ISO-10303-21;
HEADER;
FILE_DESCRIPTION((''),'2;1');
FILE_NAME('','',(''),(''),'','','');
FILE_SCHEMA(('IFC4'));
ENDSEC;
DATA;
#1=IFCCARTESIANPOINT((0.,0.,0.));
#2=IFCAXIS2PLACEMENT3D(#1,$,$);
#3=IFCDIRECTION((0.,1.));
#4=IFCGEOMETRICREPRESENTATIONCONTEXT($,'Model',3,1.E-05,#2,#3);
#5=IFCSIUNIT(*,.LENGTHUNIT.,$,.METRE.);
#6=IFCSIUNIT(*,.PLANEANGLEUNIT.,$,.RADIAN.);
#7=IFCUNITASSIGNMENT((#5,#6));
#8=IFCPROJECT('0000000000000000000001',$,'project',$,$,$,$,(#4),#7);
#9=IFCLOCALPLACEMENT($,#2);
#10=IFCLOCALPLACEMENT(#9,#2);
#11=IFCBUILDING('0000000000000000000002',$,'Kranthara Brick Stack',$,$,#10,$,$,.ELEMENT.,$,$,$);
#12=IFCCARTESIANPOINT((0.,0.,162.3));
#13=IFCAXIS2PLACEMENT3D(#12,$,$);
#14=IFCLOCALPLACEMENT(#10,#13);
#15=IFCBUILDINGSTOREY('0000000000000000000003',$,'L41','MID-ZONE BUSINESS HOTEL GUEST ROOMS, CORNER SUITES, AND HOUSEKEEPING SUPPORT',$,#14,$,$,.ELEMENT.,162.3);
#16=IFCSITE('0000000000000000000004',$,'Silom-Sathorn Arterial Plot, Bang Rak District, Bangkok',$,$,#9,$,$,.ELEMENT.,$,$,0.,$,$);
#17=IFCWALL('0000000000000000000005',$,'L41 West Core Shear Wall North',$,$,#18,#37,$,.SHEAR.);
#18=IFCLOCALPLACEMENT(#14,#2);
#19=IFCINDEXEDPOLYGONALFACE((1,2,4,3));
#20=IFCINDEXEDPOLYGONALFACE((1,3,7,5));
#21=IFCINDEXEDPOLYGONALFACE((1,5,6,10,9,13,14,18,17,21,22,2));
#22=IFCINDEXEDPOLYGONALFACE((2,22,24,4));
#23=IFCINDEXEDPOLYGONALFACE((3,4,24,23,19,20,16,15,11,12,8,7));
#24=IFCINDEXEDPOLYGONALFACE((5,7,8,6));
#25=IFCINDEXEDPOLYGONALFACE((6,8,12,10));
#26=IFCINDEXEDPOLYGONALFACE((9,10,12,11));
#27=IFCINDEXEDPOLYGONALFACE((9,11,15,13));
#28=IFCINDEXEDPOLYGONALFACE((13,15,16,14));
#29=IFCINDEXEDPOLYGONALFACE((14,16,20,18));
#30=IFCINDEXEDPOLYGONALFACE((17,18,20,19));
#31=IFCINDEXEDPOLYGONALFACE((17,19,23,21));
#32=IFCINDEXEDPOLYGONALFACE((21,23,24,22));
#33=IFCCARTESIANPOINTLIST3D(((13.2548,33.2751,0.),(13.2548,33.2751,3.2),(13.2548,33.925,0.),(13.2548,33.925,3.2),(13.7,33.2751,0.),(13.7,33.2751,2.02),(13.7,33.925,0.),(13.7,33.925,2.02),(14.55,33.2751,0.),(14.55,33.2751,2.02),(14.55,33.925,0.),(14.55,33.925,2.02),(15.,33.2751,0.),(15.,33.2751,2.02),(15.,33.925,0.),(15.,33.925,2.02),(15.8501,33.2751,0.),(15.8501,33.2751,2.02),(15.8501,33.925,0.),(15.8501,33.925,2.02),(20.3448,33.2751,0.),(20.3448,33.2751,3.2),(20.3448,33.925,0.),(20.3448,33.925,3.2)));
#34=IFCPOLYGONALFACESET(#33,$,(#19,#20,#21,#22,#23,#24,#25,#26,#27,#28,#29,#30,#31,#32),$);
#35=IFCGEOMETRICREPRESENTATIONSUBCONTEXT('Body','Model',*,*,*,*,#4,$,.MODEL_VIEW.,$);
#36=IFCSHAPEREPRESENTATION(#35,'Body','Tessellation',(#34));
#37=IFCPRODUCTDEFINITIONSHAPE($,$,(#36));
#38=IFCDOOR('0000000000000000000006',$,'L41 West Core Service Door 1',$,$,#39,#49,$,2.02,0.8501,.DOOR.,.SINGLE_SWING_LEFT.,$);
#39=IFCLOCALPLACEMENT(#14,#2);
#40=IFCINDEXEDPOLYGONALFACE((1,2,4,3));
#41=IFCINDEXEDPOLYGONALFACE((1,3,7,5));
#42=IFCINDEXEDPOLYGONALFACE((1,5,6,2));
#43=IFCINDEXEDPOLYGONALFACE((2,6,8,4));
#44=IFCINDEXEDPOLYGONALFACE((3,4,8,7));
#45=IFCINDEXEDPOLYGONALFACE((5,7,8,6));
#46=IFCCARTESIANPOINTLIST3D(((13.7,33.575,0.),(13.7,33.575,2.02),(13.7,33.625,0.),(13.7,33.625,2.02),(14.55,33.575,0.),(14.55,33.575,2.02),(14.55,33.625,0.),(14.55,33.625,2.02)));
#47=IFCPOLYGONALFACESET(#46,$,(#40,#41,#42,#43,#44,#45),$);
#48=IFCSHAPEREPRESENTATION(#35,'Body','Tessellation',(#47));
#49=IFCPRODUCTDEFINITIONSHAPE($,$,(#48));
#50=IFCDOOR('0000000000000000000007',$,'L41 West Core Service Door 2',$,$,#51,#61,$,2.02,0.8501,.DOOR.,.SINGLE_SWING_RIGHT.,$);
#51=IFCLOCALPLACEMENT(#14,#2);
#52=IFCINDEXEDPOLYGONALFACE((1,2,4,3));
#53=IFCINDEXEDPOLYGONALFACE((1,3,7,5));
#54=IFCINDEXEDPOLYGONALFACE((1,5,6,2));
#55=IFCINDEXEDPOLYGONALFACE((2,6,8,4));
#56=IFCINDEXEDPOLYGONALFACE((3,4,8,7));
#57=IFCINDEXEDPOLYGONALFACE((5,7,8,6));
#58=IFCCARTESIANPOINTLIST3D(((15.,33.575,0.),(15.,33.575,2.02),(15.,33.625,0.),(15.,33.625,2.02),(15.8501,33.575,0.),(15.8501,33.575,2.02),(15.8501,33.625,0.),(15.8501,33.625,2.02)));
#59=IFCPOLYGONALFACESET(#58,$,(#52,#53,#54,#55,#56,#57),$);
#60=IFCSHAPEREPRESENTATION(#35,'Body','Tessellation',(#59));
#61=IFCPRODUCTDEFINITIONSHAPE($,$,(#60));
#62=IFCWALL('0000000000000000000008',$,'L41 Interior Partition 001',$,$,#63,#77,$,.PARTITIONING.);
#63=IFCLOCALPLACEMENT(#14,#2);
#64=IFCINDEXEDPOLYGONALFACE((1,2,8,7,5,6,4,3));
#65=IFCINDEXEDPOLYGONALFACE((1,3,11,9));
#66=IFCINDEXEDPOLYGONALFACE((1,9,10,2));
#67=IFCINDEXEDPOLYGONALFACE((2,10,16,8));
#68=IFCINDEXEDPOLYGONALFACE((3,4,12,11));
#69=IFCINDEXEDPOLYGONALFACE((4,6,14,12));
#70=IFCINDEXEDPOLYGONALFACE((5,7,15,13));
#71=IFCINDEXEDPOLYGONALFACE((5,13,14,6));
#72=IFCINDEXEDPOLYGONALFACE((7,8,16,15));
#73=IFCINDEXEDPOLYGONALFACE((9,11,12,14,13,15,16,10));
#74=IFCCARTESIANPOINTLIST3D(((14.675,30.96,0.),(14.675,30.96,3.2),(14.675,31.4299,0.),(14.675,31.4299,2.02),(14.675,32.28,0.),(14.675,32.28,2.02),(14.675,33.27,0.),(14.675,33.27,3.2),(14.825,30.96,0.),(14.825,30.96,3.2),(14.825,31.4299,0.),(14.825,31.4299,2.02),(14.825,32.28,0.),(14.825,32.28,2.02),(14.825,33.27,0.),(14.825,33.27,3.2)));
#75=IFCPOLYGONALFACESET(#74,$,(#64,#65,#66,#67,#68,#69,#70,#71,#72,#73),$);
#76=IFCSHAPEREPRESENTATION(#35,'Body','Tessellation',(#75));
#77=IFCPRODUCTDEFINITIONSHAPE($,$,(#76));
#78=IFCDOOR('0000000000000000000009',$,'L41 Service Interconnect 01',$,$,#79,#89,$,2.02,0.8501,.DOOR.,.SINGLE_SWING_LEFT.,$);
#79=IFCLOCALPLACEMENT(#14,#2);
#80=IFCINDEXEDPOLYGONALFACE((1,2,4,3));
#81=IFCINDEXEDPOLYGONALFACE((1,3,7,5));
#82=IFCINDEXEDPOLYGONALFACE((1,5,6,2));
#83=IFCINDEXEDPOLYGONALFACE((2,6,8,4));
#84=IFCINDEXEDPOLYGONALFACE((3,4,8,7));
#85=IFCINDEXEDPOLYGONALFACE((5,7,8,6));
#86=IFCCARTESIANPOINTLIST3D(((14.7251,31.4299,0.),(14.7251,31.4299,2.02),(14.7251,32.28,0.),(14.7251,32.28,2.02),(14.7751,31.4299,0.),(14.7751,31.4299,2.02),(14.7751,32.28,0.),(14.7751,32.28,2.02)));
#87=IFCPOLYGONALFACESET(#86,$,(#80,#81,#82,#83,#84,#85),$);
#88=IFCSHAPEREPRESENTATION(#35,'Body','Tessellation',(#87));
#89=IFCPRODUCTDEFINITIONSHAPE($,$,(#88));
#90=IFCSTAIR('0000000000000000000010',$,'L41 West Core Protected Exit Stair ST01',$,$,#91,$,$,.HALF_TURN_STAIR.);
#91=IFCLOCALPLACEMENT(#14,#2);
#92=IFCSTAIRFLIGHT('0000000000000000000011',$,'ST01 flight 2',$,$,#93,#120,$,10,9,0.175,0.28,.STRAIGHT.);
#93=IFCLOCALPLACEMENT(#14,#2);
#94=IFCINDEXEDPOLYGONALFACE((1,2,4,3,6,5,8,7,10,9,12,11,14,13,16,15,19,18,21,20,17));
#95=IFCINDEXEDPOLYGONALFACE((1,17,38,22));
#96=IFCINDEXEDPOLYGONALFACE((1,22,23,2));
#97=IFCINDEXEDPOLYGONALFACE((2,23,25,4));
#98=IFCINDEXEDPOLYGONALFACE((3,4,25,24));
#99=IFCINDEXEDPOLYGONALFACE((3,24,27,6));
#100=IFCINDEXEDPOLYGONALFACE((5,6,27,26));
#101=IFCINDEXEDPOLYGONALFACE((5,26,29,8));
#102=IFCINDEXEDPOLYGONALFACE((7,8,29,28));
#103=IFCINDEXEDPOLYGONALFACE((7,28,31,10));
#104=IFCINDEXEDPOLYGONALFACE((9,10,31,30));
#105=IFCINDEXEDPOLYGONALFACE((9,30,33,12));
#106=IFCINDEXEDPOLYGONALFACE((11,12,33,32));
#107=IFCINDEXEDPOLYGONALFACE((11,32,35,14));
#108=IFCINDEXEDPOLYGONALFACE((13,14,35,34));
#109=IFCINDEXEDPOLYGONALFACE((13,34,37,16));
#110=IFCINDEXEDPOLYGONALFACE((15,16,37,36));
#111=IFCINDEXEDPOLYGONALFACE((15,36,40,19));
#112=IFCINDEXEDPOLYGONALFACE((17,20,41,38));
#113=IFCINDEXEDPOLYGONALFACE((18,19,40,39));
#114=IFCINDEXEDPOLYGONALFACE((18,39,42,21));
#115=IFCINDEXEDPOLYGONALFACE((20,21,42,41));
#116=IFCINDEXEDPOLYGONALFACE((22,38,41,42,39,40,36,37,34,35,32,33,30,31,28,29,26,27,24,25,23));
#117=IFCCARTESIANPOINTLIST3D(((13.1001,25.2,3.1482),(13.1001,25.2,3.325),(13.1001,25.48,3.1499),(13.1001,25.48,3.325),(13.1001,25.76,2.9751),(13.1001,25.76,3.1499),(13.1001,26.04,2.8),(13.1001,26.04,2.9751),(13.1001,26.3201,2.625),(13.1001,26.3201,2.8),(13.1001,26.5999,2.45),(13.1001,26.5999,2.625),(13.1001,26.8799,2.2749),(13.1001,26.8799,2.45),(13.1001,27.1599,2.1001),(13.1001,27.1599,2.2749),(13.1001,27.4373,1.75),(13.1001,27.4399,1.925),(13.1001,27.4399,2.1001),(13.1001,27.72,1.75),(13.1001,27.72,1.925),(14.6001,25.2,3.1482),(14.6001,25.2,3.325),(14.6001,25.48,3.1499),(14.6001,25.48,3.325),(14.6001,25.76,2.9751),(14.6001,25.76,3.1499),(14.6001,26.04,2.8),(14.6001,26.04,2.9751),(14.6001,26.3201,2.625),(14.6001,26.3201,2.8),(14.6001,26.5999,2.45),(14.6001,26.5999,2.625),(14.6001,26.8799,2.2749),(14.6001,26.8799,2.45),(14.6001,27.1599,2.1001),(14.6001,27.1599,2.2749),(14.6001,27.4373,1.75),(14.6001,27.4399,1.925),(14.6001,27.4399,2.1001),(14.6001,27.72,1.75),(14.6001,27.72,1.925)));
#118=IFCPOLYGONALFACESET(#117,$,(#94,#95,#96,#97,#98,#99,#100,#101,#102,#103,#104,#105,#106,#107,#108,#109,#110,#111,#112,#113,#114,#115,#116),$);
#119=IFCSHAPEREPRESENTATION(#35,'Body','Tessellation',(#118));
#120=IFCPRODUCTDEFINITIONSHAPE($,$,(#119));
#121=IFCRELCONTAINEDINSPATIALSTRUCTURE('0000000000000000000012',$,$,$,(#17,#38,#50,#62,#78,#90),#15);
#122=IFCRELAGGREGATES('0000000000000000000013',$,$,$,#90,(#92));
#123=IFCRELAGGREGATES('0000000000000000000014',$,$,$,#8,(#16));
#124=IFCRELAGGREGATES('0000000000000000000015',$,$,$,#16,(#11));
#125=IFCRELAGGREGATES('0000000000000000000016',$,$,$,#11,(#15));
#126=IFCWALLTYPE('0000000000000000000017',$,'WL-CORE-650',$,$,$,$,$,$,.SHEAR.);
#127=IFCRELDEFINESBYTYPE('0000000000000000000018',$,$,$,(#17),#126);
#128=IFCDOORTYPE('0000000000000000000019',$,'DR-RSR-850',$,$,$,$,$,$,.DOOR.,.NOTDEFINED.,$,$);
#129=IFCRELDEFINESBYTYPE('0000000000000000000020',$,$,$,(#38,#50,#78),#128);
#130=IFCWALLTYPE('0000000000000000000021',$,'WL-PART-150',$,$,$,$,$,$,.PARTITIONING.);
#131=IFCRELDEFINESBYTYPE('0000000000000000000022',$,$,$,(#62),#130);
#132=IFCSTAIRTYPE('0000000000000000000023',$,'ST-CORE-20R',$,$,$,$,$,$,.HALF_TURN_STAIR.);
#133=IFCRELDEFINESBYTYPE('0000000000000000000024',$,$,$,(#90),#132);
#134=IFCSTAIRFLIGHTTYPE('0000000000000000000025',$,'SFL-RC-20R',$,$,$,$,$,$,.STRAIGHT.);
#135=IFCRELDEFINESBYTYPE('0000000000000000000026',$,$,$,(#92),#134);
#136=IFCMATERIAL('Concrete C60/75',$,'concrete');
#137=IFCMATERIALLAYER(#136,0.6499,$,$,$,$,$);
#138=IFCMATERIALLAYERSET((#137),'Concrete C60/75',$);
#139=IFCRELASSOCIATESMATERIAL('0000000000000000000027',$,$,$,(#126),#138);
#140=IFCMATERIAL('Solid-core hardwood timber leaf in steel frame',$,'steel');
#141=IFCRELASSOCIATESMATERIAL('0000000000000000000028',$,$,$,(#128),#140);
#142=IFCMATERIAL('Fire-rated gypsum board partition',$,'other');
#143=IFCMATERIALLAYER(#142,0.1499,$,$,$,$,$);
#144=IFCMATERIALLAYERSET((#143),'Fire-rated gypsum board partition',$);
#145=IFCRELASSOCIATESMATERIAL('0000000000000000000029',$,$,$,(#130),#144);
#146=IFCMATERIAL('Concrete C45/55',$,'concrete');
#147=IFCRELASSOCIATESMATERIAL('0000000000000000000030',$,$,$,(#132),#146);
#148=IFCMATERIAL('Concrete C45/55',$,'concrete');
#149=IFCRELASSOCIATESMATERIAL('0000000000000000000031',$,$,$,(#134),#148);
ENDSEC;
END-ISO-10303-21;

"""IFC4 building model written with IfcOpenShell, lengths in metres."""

from ifc_helpers import new_model, si_unit, direction, frame, frame_2d, origin, place, context, subcontext, project, spatial, polyline, rectangle, outline, extrude, material, layer, layer_set, type_object, element, fill, aggregate, save


model = new_model("IFC4")

# Units and contexts
model_context = context("Model", 3, precision=1e-05, world=origin(), true_north=direction((0.0, 1.0)))
body_context = subcontext(model_context, "Body", "Model", "MODEL_VIEW")
ifc_project = project(units=[si_unit("LENGTHUNIT", "METRE"), si_unit("PLANEANGLEUNIT", "RADIAN")], contexts=[model_context])

# Site, building, storey
site_placement = place(None, origin())
site = spatial("IfcSite", under=ifc_project, at=site_placement, Name="Silom-Sathorn Arterial Plot, Bang Rak District, Bangkok", CompositionType="ELEMENT", RefElevation=0.0)
building_placement = place(site_placement, origin())
building = spatial("IfcBuilding", under=site, at=building_placement, Name="Kranthara Brick Stack", CompositionType="ELEMENT")
storey_placement = place(building_placement, frame((0.0, 0.0, 162.3)))
storey = spatial("IfcBuildingStorey", under=building, at=storey_placement, Name="L41", Description="MID-ZONE BUSINESS HOTEL GUEST ROOMS, CORNER SUITES, AND HOUSEKEEPING SUPPORT", CompositionType="ELEMENT", Elevation=162.3)

# Wall, openings, doors
ifc_material_1 = material(Name="Concrete C60/75", Category="concrete")
ifc_layer_1 = layer(ifc_material_1, 0.6499)
ifc_layer_set_1 = layer_set([ifc_layer_1], Name="Concrete C60/75")
wall_type_1 = type_object("IfcWallType", Name="WL-CORE-650", PredefinedType="SHEAR", material=ifc_layer_set_1)
wall_1_placement = place(storey_placement, frame((13.2549, 33.6001, 0.0), z_axis=(0.0, 0.0, 1.0), x_axis=(1.0, 0.0, 0.0)))
wall_1 = element("IfcWall", 1, at=wall_1_placement, inside=storey, type_object=wall_type_1, Name="L41 West Core Shear Wall North", PredefinedType="SHEAR", context=body_context, shape_type="SweptSolid", body=[
    extrude(rectangle(XDim=7.0901, YDim=0.6499, at=frame_2d((3.5449, 0.0))), origin(), (0.0, 0.0, 1.0), 3.2),
])
opening_1_placement = place(wall_1_placement, frame((0.4451, 0.0, 0.0)))
opening_1 = element("IfcOpeningElement", 2, at=opening_1_placement, cuts=wall_1, PredefinedType="OPENING", context=body_context, shape_type="SweptSolid", body=[
    extrude(rectangle(XDim=0.8501, YDim=2.02, at=frame_2d((0.425, 1.01))), frame((0.0, 0.335, 0.0), z_axis=(0.0, -1.0, 0.0), x_axis=(1.0, 0.0, 0.0)), (0.0, 0.0, 1.0), 0.6699),
])
opening_2_placement = place(wall_1_placement, frame((1.7451, 0.0, 0.0)))
opening_2 = element("IfcOpeningElement", 3, at=opening_2_placement, cuts=wall_1, PredefinedType="OPENING", context=body_context, shape_type="SweptSolid", body=[
    extrude(rectangle(XDim=0.8501, YDim=2.02, at=frame_2d((0.425, 1.01))), frame((0.0, 0.335, 0.0), z_axis=(0.0, -1.0, 0.0), x_axis=(1.0, 0.0, 0.0)), (0.0, 0.0, 1.0), 0.6699),
])
ifc_material_2 = material(Name="Solid-core hardwood timber leaf in steel frame", Category="steel")
door_type = type_object("IfcDoorType", Name="DR-RSR-850", OperationType="NOTDEFINED", PredefinedType="DOOR", material=ifc_material_2)
door_1_placement = place(opening_1_placement, origin())
door_1 = element("IfcDoor", 4, at=door_1_placement, inside=storey, type_object=door_type, Name="L41 West Core Service Door 1", OperationType="SINGLE_SWING_LEFT", OverallHeight=2.02, OverallWidth=0.8501, PredefinedType="DOOR", context=body_context, shape_type="SweptSolid", body=[
    extrude(rectangle(XDim=0.8501, YDim=2.02, at=frame_2d((0.425, 1.01))), frame((0.0, 0.0249, 0.0), z_axis=(0.0, -1.0, 0.0), x_axis=(1.0, 0.0, 0.0)), (0.0, 0.0, 1.0), 0.05),
])
fill(opening_1, door_1)
door_2_placement = place(opening_2_placement, origin())
door_2 = element("IfcDoor", 5, at=door_2_placement, inside=storey, type_object=door_type, Name="L41 West Core Service Door 2", OperationType="SINGLE_SWING_RIGHT", OverallHeight=2.02, OverallWidth=0.8501, PredefinedType="DOOR", context=body_context, shape_type="SweptSolid", body=[
    extrude(rectangle(XDim=0.8501, YDim=2.02, at=frame_2d((0.425, 1.01))), frame((0.0, 0.0249, 0.0), z_axis=(0.0, -1.0, 0.0), x_axis=(1.0, 0.0, 0.0)), (0.0, 0.0, 1.0), 0.05),
])
fill(opening_2, door_2)

# Wall, opening, door
ifc_material_3 = material(Name="Fire-rated gypsum board partition", Category="other")
ifc_layer_2 = layer(ifc_material_3, 0.1499)
ifc_layer_set_2 = layer_set([ifc_layer_2], Name="Fire-rated gypsum board partition")
wall_type_2 = type_object("IfcWallType", Name="WL-PART-150", PredefinedType="PARTITIONING", material=ifc_layer_set_2)
wall_2_placement = place(storey_placement, frame((14.75, 30.96, 0.0), z_axis=(0.0, 0.0, 1.0), x_axis=(0.0, 1.0, 0.0)))
wall_2 = element("IfcWall", 6, at=wall_2_placement, inside=storey, type_object=wall_type_2, Name="L41 Interior Partition 001", PredefinedType="PARTITIONING", context=body_context, shape_type="SweptSolid", body=[
    extrude(rectangle(XDim=2.3101, YDim=0.1499, at=frame_2d((1.155, 0.0))), origin(), (0.0, 0.0, 1.0), 3.2),
])
opening_3_placement = place(wall_2_placement, frame((0.47, 0.0, 0.0)))
opening_3 = element("IfcOpeningElement", 7, at=opening_3_placement, cuts=wall_2, PredefinedType="OPENING", context=body_context, shape_type="SweptSolid", body=[
    extrude(rectangle(XDim=0.8501, YDim=2.02, at=frame_2d((0.425, 1.01))), frame((0.0, 0.085, 0.0), z_axis=(0.0, -1.0, 0.0), x_axis=(1.0, 0.0, 0.0)), (0.0, 0.0, 1.0), 0.1699),
])
door_3_placement = place(opening_3_placement, origin())
door_3 = element("IfcDoor", 8, at=door_3_placement, inside=storey, type_object=door_type, Name="L41 Service Interconnect 01", OperationType="SINGLE_SWING_LEFT", OverallHeight=2.02, OverallWidth=0.8501, PredefinedType="DOOR", context=body_context, shape_type="SweptSolid", body=[
    extrude(rectangle(XDim=0.8501, YDim=2.02, at=frame_2d((0.425, 1.01))), frame((0.0, 0.0249, 0.0), z_axis=(0.0, -1.0, 0.0), x_axis=(1.0, 0.0, 0.0)), (0.0, 0.0, 1.0), 0.05),
])
fill(opening_3, door_3)

# Stair, stair flight
ifc_material_4 = material(Name="Concrete C45/55", Category="concrete")
stair_type = type_object("IfcStairType", Name="ST-CORE-20R", PredefinedType="HALF_TURN_STAIR", material=ifc_material_4)
stair_placement = place(storey_placement, origin())
stair = element("IfcStair", 9, at=stair_placement, inside=storey, type_object=stair_type, Name="L41 West Core Protected Exit Stair ST01", PredefinedType="HALF_TURN_STAIR")
ifc_material_5 = material(Name="Concrete C45/55", Category="concrete")
stair_flight_type = type_object("IfcStairFlightType", Name="SFL-RC-20R", PredefinedType="STRAIGHT", material=ifc_material_5)
stair_flight_placement = place(storey_placement, frame((13.8501, 27.72, 1.75), z_axis=(0.0, 0.0, 1.0), x_axis=(0.0, -1.0, 0.0)))
stair_flight = element("IfcStairFlight", 10, at=stair_flight_placement, type_object=stair_flight_type, Name="ST01 flight 2", NumberOfRisers=10, NumberOfTreads=9, PredefinedType="STRAIGHT", RiserHeight=0.175, TreadLength=0.28, context=body_context, shape_type="SweptSolid", body=[
    extrude(outline(polyline([(0.0, 0.0), (0.0, 0.175), (0.28, 0.175), (0.28, 0.3501), (0.5601, 0.3501), (0.5601, 0.5249), (0.8401, 0.5249), (0.8401, 0.7), (1.1201, 0.7), (1.1201, 0.875), (1.3999, 0.875), (1.3999, 1.05), (1.6799, 1.05), (1.6799, 1.2251), (1.96, 1.2251), (1.96, 1.3999), (2.24, 1.3999), (2.24, 1.575), (2.52, 1.575), (2.52, 1.75), (2.52, 1.3982), (0.2827, 0.0), (0.0, 0.0)])), frame((0.0, 0.75, 0.0), z_axis=(0.0, -1.0, 0.0), x_axis=(1.0, 0.0, 0.0)), (0.0, 0.0, 1.0), 1.5),
])
aggregate(stair, [stair_flight])

save(model, "model.ifc")
